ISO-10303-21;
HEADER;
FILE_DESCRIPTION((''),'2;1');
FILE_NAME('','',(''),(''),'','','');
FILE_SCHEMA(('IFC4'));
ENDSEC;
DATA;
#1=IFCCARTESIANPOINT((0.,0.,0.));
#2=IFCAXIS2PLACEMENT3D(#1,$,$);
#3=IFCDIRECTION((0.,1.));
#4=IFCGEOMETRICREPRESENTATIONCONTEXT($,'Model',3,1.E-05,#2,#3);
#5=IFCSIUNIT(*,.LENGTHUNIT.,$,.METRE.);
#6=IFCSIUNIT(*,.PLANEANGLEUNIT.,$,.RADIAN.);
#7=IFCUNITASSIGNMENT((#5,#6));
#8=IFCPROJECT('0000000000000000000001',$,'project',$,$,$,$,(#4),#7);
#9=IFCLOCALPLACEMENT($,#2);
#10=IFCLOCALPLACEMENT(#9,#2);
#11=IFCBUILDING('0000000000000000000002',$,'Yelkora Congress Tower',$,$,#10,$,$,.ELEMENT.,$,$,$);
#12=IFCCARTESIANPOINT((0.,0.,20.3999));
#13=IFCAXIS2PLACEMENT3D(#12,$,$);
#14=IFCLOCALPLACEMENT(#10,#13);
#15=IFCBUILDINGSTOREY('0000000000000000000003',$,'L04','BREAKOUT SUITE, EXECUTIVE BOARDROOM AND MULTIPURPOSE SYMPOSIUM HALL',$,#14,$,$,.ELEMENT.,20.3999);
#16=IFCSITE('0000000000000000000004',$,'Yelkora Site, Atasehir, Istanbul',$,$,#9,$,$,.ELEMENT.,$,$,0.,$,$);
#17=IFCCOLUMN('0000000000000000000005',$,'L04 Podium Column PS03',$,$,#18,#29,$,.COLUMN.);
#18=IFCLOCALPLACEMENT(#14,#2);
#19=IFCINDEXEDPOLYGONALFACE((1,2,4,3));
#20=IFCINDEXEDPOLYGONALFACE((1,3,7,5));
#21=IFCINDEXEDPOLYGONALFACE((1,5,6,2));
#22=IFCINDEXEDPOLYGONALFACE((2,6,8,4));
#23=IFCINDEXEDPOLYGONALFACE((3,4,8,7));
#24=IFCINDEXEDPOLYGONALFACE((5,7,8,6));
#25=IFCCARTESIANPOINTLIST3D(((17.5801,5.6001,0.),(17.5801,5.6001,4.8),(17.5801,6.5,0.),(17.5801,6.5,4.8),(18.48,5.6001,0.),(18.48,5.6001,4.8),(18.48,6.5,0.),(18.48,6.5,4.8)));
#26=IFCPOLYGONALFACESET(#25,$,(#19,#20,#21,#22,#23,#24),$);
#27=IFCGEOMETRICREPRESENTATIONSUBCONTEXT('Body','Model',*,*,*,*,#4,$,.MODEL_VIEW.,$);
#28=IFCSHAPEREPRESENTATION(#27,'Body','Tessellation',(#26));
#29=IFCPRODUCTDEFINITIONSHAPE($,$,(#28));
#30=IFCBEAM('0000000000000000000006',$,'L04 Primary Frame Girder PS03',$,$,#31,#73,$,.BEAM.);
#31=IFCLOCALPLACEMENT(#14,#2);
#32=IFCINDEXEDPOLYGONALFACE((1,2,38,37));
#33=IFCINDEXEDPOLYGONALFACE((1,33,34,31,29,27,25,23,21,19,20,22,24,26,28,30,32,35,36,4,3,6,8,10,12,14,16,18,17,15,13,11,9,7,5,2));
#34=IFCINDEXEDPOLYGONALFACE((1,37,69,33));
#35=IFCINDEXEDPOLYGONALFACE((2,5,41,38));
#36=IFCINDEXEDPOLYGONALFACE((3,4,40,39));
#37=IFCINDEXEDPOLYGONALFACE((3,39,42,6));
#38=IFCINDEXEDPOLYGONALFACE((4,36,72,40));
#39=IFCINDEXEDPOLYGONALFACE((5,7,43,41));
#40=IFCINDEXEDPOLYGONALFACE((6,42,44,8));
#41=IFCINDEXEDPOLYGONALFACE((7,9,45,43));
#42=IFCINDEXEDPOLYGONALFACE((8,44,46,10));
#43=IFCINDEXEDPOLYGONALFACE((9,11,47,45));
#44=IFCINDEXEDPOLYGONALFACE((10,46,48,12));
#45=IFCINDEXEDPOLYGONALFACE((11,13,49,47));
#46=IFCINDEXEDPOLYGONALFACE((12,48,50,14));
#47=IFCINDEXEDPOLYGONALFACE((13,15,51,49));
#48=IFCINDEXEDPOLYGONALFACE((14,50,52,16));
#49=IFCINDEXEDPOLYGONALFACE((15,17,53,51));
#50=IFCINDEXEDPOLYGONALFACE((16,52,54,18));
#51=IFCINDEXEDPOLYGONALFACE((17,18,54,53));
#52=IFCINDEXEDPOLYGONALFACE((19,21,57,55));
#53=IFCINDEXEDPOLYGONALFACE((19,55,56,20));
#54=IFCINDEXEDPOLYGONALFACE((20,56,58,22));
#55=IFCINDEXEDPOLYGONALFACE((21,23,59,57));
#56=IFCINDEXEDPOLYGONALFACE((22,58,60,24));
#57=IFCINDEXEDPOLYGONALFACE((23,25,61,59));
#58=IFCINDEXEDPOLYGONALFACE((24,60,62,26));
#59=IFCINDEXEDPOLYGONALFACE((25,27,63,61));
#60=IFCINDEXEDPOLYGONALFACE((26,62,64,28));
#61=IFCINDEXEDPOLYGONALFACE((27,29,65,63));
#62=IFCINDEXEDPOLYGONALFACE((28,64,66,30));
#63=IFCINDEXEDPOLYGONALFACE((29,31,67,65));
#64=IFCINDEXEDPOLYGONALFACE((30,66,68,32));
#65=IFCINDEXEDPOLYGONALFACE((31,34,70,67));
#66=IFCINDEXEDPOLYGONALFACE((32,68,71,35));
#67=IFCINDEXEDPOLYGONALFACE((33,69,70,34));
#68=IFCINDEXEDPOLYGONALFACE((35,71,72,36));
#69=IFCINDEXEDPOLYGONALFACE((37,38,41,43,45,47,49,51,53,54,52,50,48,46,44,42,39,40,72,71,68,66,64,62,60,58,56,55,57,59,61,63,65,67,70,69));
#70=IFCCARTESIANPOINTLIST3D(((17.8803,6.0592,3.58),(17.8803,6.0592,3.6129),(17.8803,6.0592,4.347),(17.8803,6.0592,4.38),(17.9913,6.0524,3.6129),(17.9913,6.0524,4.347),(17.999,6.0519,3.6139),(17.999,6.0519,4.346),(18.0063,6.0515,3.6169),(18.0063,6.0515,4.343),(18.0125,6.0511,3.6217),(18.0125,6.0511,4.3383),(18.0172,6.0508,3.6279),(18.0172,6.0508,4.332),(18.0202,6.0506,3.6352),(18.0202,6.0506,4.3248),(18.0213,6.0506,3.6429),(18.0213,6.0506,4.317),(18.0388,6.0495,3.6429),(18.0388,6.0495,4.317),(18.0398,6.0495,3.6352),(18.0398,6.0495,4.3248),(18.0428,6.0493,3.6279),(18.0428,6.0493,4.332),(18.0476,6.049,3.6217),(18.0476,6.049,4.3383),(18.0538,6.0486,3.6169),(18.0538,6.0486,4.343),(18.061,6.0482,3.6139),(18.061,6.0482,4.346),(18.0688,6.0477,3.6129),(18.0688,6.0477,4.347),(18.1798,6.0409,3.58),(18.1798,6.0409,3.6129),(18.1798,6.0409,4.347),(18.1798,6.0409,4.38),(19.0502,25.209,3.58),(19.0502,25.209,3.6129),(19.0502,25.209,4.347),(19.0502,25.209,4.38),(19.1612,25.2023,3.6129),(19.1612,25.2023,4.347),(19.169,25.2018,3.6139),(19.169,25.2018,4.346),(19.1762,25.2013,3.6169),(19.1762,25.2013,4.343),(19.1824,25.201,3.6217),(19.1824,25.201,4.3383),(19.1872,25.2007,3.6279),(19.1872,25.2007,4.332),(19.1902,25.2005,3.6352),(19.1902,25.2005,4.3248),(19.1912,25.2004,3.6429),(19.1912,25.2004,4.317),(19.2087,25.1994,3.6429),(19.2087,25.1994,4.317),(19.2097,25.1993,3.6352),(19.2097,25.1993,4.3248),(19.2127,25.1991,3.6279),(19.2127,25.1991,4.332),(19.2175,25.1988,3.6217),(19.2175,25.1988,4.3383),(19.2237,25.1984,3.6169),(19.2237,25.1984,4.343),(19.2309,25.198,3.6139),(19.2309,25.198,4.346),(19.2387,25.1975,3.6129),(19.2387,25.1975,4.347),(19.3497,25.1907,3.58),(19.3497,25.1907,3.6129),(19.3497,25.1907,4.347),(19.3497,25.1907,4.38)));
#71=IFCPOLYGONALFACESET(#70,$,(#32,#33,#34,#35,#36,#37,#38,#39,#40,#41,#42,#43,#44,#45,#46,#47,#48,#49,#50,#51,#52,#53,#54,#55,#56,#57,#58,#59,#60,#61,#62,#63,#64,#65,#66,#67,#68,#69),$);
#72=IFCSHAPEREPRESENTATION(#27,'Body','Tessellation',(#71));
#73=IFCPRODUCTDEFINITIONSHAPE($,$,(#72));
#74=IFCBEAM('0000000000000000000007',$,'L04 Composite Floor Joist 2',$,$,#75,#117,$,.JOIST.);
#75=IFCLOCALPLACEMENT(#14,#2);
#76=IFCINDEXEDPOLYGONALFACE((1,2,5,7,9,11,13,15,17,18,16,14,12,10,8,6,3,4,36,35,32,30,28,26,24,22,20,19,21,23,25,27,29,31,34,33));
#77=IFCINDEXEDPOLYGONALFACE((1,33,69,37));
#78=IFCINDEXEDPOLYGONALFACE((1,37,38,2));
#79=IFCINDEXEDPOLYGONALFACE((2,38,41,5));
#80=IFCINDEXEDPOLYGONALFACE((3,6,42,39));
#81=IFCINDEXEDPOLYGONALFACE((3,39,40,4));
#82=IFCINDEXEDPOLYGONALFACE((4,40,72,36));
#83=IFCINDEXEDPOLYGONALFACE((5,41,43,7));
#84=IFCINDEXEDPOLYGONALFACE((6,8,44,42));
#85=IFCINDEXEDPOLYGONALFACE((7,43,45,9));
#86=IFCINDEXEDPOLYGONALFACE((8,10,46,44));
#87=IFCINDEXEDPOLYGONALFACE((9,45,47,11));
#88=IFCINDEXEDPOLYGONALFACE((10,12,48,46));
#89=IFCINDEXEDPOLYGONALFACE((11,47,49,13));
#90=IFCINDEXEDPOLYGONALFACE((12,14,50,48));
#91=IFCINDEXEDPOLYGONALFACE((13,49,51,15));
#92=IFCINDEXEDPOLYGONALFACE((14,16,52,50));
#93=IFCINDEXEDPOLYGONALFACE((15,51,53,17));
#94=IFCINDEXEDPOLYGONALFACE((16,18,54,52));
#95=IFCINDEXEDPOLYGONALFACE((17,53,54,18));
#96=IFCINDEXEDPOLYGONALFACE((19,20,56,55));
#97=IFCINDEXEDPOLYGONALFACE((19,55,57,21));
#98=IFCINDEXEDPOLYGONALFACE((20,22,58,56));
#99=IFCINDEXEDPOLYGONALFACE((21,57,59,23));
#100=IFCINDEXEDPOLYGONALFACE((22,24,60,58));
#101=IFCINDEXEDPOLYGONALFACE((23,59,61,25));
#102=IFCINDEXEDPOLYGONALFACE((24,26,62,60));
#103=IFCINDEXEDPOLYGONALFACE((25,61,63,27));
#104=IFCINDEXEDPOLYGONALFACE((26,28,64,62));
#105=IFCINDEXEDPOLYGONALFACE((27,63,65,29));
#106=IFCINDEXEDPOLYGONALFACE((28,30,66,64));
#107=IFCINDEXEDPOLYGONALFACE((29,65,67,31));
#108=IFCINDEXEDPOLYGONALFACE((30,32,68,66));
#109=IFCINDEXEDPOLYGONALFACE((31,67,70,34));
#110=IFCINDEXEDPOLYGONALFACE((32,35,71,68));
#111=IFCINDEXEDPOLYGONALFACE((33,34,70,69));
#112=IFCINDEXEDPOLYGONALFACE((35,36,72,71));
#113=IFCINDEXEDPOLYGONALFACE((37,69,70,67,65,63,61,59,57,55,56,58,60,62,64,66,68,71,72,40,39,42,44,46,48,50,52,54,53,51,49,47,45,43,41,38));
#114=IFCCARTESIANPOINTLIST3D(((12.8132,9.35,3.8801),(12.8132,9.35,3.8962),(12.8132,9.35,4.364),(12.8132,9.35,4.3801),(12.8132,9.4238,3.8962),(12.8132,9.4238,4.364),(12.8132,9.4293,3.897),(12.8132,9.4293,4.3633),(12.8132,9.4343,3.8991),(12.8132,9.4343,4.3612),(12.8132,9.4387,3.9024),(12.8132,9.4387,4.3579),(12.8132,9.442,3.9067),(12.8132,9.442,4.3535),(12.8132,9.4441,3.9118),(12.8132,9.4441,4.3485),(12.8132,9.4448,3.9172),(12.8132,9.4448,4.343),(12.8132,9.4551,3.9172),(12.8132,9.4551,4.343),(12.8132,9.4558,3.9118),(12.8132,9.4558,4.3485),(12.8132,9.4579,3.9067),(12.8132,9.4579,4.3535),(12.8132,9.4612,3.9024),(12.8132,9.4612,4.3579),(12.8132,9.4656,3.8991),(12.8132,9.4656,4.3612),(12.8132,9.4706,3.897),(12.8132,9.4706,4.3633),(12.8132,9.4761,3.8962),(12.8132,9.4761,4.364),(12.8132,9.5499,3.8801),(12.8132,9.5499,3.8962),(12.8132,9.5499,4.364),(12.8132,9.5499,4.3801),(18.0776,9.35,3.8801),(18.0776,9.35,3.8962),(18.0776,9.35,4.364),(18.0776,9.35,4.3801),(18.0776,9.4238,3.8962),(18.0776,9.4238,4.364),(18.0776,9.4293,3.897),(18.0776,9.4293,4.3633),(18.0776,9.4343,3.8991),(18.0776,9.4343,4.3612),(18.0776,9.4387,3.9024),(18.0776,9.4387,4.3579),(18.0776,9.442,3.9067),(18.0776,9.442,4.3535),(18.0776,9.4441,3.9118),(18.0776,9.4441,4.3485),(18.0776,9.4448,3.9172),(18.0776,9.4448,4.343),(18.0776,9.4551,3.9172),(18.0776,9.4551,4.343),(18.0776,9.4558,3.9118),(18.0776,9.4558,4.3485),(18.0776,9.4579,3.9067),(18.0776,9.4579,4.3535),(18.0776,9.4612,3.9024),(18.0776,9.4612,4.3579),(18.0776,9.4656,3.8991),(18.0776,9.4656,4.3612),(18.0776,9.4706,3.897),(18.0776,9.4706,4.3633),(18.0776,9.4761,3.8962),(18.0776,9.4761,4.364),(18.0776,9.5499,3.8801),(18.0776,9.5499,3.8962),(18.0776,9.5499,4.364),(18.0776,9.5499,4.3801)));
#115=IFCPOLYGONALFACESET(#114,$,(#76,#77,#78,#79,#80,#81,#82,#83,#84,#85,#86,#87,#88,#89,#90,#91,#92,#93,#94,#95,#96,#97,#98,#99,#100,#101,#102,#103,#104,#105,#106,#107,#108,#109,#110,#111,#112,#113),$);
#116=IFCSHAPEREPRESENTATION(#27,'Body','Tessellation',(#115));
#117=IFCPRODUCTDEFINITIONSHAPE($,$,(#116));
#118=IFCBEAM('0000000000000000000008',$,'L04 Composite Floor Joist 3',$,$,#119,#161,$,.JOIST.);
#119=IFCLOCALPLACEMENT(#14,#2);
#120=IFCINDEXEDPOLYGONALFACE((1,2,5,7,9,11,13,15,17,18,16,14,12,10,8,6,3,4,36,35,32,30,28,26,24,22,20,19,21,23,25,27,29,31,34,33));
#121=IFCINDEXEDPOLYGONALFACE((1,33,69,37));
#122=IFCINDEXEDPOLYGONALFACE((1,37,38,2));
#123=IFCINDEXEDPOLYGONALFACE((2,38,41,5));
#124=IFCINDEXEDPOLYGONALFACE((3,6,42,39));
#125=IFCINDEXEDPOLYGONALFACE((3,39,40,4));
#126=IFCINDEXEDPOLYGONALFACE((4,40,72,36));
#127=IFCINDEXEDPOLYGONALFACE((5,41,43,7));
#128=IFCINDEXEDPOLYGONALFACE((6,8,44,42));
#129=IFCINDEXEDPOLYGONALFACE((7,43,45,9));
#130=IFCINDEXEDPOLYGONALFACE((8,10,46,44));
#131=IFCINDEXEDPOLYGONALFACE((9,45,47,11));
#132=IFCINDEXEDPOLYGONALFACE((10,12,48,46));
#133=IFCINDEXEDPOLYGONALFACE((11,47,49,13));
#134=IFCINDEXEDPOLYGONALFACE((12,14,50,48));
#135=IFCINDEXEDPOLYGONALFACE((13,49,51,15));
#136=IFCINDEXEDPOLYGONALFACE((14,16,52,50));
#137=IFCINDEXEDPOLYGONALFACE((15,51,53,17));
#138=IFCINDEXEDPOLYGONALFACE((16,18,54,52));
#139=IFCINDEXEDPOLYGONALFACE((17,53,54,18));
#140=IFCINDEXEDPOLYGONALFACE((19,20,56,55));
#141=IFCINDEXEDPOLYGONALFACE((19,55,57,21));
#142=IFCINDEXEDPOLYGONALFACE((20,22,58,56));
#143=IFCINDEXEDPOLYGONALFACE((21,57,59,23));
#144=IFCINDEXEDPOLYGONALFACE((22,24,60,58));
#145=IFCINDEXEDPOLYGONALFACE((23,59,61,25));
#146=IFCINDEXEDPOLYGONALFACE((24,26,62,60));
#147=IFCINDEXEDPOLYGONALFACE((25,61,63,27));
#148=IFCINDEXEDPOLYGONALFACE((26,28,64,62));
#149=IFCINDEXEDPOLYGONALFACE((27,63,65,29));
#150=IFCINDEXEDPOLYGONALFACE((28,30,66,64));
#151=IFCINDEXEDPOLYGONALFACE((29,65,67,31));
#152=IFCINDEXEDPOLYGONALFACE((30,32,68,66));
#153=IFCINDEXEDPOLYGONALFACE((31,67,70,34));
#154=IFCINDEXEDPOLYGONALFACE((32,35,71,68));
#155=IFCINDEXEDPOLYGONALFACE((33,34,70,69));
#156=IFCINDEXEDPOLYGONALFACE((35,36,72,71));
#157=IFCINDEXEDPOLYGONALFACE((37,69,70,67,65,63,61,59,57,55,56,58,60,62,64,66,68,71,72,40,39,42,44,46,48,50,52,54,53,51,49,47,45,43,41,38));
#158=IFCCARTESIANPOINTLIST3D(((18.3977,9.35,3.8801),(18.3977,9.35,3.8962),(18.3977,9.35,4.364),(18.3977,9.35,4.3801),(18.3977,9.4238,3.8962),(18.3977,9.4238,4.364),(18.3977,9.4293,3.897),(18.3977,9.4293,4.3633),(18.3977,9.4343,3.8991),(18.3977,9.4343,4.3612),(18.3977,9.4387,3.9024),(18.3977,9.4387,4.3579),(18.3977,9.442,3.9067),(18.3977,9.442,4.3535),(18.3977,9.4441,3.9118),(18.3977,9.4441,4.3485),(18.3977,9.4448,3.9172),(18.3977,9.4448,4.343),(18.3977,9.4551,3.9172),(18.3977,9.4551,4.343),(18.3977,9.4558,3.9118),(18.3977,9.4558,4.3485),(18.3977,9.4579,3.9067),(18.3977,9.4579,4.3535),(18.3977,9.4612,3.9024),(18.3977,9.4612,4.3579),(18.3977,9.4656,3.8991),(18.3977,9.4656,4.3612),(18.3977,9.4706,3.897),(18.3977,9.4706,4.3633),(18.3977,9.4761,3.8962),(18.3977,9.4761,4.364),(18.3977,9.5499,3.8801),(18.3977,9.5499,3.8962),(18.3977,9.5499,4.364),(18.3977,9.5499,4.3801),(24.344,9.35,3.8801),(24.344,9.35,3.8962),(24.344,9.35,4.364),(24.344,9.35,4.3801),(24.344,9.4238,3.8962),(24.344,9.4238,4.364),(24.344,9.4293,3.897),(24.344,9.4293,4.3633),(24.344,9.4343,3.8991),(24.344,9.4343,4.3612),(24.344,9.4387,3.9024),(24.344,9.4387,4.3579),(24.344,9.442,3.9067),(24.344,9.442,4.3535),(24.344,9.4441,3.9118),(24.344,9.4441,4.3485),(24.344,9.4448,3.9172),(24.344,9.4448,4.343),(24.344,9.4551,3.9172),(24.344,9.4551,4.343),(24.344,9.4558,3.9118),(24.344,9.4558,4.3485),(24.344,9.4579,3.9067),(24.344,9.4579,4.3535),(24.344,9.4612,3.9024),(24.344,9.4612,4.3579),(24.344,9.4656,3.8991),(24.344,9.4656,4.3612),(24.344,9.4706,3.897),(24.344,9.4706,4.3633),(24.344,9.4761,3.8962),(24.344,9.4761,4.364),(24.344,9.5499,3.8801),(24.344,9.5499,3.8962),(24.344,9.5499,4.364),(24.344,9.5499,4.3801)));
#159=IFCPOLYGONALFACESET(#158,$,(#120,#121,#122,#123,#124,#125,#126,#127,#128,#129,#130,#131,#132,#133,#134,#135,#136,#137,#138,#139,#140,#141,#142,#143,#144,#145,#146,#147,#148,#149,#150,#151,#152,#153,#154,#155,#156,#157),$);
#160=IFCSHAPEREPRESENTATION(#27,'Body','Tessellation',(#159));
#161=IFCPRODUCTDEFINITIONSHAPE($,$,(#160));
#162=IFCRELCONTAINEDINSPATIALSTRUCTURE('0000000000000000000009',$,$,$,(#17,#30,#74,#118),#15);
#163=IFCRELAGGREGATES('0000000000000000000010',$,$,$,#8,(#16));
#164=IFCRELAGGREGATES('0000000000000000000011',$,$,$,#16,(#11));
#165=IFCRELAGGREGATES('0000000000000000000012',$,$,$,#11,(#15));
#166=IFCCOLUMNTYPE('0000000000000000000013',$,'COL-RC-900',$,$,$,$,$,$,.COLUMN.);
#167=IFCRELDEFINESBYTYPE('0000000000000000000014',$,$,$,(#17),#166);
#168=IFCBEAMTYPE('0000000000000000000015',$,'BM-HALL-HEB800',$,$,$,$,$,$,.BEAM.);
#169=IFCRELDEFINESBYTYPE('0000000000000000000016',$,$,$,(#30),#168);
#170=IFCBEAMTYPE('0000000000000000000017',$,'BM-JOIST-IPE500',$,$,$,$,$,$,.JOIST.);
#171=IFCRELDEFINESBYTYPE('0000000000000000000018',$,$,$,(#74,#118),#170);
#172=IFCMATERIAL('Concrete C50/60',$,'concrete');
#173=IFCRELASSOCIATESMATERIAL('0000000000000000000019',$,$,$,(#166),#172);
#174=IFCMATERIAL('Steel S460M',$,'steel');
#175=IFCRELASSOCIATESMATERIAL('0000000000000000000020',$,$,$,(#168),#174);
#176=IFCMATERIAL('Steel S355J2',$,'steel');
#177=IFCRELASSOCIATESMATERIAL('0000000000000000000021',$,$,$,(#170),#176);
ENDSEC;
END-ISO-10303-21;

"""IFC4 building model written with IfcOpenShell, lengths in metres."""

from ifc_helpers import new_model, si_unit, direction, frame, origin, origin_2d, place, context, subcontext, project, spatial, rectangle, i_section, extrude, material, material_profile, profile_set, type_object, element, save


model = new_model("IFC4")

# Units and contexts
model_context = context("Model", 3, precision=1e-05, world=origin(), true_north=direction((0.0, 1.0)))
body_context = subcontext(model_context, "Body", "Model", "MODEL_VIEW")
ifc_project = project(units=[si_unit("LENGTHUNIT", "METRE"), si_unit("PLANEANGLEUNIT", "RADIAN")], contexts=[model_context])

# Site, building, storey
site_placement = place(None, origin())
site = spatial("IfcSite", under=ifc_project, at=site_placement, Name="Yelkora Site, Atasehir, Istanbul", CompositionType="ELEMENT", RefElevation=0.0)
building_placement = place(site_placement, origin())
building = spatial("IfcBuilding", under=site, at=building_placement, Name="Yelkora Congress Tower", CompositionType="ELEMENT")
storey_placement = place(building_placement, frame((0.0, 0.0, 20.3999)))
storey = spatial("IfcBuildingStorey", under=building, at=storey_placement, Name="L04", Description="BREAKOUT SUITE, EXECUTIVE BOARDROOM AND MULTIPURPOSE SYMPOSIUM HALL", CompositionType="ELEMENT", Elevation=20.3999)

# Column
ifc_material_1 = material(Name="Concrete C50/60", Category="concrete")
ifc_material_profile_1 = material_profile(ifc_material_1, rectangle(XDim=0.8999, YDim=0.8999, at=origin_2d()), Name="RC 900x900")
ifc_profile_set_1 = profile_set([ifc_material_profile_1], Name="Concrete C50/60")
column_type = type_object("IfcColumnType", Name="COL-RC-900", PredefinedType="COLUMN", material=ifc_profile_set_1)
column_placement = place(storey_placement, frame((18.03, 6.05, 0.0), z_axis=(0.0, 0.0, 1.0), x_axis=(1.0, 0.0, 0.0)))
element("IfcColumn", 1, at=column_placement, inside=storey, type_object=column_type, Name="L04 Podium Column PS03", PredefinedType="COLUMN", context=body_context, shape_type="SweptSolid", body=[
    extrude(rectangle(XDim=0.8999, YDim=0.8999, at=origin_2d()), origin(), (0.0, 0.0, 1.0), 4.8),
])

# Beams
ifc_material_2 = material(Name="Steel S460M", Category="steel")
ifc_material_profile_2 = material_profile(ifc_material_2, i_section(OverallWidth=0.3, OverallDepth=0.8, WebThickness=0.0176, FlangeThickness=0.033, FilletRadius=0.03, at=origin_2d()), Name="HEB 800")
ifc_profile_set_2 = profile_set([ifc_material_profile_2], Name="Steel S460M")
beam_type_1 = type_object("IfcBeamType", Name="BM-HALL-HEB800", PredefinedType="BEAM", material=ifc_profile_set_2)
beam_1_placement = place(storey_placement, frame((18.03, 6.05, 3.98), z_axis=(0.060979, 0.998139, 0.0), x_axis=(-0.998139, 0.060979, 0.0)))
element("IfcBeam", 2, at=beam_1_placement, inside=storey, type_object=beam_type_1, Name="L04 Primary Frame Girder PS03", PredefinedType="BEAM", context=body_context, shape_type="SweptSolid", body=[
    extrude(i_section(OverallWidth=0.3, OverallDepth=0.8, WebThickness=0.0176, FlangeThickness=0.033, FilletRadius=0.03, at=origin_2d()), origin(), (0.0, 0.0, 1.0), 19.1855),
])
ifc_material_3 = material(Name="Steel S355J2", Category="steel")
ifc_material_profile_3 = material_profile(ifc_material_3, i_section(OverallWidth=0.2, OverallDepth=0.5, WebThickness=0.0103, FlangeThickness=0.0161, FilletRadius=0.021, at=origin_2d()), Name="IPE 500")
ifc_profile_set_3 = profile_set([ifc_material_profile_3], Name="Steel S355J2")
beam_type_2 = type_object("IfcBeamType", Name="BM-JOIST-IPE500", PredefinedType="JOIST", material=ifc_profile_set_3)
beam_2_placement = place(storey_placement, frame((12.8132, 9.45, 4.1301), z_axis=(1.0, 0.0, 0.0), x_axis=(0.0, 1.0, 0.0)))
element("IfcBeam", 3, at=beam_2_placement, inside=storey, type_object=beam_type_2, Name="L04 Composite Floor Joist 2", PredefinedType="JOIST", context=body_context, shape_type="SweptSolid", body=[
    extrude(i_section(OverallWidth=0.2, OverallDepth=0.5, WebThickness=0.0103, FlangeThickness=0.0161, FilletRadius=0.021, at=origin_2d()), origin(), (0.0, 0.0, 1.0), 5.2644),
])
beam_3_placement = place(storey_placement, frame((18.3977, 9.45, 4.1301), z_axis=(1.0, 0.0, 0.0), x_axis=(0.0, 1.0, 0.0)))
element("IfcBeam", 4, at=beam_3_placement, inside=storey, type_object=beam_type_2, Name="L04 Composite Floor Joist 3", PredefinedType="JOIST", context=body_context, shape_type="SweptSolid", body=[
    extrude(i_section(OverallWidth=0.2, OverallDepth=0.5, WebThickness=0.0103, FlangeThickness=0.0161, FilletRadius=0.021, at=origin_2d()), origin(), (0.0, 0.0, 1.0), 5.9463),
])

save(model, "model.ifc")
